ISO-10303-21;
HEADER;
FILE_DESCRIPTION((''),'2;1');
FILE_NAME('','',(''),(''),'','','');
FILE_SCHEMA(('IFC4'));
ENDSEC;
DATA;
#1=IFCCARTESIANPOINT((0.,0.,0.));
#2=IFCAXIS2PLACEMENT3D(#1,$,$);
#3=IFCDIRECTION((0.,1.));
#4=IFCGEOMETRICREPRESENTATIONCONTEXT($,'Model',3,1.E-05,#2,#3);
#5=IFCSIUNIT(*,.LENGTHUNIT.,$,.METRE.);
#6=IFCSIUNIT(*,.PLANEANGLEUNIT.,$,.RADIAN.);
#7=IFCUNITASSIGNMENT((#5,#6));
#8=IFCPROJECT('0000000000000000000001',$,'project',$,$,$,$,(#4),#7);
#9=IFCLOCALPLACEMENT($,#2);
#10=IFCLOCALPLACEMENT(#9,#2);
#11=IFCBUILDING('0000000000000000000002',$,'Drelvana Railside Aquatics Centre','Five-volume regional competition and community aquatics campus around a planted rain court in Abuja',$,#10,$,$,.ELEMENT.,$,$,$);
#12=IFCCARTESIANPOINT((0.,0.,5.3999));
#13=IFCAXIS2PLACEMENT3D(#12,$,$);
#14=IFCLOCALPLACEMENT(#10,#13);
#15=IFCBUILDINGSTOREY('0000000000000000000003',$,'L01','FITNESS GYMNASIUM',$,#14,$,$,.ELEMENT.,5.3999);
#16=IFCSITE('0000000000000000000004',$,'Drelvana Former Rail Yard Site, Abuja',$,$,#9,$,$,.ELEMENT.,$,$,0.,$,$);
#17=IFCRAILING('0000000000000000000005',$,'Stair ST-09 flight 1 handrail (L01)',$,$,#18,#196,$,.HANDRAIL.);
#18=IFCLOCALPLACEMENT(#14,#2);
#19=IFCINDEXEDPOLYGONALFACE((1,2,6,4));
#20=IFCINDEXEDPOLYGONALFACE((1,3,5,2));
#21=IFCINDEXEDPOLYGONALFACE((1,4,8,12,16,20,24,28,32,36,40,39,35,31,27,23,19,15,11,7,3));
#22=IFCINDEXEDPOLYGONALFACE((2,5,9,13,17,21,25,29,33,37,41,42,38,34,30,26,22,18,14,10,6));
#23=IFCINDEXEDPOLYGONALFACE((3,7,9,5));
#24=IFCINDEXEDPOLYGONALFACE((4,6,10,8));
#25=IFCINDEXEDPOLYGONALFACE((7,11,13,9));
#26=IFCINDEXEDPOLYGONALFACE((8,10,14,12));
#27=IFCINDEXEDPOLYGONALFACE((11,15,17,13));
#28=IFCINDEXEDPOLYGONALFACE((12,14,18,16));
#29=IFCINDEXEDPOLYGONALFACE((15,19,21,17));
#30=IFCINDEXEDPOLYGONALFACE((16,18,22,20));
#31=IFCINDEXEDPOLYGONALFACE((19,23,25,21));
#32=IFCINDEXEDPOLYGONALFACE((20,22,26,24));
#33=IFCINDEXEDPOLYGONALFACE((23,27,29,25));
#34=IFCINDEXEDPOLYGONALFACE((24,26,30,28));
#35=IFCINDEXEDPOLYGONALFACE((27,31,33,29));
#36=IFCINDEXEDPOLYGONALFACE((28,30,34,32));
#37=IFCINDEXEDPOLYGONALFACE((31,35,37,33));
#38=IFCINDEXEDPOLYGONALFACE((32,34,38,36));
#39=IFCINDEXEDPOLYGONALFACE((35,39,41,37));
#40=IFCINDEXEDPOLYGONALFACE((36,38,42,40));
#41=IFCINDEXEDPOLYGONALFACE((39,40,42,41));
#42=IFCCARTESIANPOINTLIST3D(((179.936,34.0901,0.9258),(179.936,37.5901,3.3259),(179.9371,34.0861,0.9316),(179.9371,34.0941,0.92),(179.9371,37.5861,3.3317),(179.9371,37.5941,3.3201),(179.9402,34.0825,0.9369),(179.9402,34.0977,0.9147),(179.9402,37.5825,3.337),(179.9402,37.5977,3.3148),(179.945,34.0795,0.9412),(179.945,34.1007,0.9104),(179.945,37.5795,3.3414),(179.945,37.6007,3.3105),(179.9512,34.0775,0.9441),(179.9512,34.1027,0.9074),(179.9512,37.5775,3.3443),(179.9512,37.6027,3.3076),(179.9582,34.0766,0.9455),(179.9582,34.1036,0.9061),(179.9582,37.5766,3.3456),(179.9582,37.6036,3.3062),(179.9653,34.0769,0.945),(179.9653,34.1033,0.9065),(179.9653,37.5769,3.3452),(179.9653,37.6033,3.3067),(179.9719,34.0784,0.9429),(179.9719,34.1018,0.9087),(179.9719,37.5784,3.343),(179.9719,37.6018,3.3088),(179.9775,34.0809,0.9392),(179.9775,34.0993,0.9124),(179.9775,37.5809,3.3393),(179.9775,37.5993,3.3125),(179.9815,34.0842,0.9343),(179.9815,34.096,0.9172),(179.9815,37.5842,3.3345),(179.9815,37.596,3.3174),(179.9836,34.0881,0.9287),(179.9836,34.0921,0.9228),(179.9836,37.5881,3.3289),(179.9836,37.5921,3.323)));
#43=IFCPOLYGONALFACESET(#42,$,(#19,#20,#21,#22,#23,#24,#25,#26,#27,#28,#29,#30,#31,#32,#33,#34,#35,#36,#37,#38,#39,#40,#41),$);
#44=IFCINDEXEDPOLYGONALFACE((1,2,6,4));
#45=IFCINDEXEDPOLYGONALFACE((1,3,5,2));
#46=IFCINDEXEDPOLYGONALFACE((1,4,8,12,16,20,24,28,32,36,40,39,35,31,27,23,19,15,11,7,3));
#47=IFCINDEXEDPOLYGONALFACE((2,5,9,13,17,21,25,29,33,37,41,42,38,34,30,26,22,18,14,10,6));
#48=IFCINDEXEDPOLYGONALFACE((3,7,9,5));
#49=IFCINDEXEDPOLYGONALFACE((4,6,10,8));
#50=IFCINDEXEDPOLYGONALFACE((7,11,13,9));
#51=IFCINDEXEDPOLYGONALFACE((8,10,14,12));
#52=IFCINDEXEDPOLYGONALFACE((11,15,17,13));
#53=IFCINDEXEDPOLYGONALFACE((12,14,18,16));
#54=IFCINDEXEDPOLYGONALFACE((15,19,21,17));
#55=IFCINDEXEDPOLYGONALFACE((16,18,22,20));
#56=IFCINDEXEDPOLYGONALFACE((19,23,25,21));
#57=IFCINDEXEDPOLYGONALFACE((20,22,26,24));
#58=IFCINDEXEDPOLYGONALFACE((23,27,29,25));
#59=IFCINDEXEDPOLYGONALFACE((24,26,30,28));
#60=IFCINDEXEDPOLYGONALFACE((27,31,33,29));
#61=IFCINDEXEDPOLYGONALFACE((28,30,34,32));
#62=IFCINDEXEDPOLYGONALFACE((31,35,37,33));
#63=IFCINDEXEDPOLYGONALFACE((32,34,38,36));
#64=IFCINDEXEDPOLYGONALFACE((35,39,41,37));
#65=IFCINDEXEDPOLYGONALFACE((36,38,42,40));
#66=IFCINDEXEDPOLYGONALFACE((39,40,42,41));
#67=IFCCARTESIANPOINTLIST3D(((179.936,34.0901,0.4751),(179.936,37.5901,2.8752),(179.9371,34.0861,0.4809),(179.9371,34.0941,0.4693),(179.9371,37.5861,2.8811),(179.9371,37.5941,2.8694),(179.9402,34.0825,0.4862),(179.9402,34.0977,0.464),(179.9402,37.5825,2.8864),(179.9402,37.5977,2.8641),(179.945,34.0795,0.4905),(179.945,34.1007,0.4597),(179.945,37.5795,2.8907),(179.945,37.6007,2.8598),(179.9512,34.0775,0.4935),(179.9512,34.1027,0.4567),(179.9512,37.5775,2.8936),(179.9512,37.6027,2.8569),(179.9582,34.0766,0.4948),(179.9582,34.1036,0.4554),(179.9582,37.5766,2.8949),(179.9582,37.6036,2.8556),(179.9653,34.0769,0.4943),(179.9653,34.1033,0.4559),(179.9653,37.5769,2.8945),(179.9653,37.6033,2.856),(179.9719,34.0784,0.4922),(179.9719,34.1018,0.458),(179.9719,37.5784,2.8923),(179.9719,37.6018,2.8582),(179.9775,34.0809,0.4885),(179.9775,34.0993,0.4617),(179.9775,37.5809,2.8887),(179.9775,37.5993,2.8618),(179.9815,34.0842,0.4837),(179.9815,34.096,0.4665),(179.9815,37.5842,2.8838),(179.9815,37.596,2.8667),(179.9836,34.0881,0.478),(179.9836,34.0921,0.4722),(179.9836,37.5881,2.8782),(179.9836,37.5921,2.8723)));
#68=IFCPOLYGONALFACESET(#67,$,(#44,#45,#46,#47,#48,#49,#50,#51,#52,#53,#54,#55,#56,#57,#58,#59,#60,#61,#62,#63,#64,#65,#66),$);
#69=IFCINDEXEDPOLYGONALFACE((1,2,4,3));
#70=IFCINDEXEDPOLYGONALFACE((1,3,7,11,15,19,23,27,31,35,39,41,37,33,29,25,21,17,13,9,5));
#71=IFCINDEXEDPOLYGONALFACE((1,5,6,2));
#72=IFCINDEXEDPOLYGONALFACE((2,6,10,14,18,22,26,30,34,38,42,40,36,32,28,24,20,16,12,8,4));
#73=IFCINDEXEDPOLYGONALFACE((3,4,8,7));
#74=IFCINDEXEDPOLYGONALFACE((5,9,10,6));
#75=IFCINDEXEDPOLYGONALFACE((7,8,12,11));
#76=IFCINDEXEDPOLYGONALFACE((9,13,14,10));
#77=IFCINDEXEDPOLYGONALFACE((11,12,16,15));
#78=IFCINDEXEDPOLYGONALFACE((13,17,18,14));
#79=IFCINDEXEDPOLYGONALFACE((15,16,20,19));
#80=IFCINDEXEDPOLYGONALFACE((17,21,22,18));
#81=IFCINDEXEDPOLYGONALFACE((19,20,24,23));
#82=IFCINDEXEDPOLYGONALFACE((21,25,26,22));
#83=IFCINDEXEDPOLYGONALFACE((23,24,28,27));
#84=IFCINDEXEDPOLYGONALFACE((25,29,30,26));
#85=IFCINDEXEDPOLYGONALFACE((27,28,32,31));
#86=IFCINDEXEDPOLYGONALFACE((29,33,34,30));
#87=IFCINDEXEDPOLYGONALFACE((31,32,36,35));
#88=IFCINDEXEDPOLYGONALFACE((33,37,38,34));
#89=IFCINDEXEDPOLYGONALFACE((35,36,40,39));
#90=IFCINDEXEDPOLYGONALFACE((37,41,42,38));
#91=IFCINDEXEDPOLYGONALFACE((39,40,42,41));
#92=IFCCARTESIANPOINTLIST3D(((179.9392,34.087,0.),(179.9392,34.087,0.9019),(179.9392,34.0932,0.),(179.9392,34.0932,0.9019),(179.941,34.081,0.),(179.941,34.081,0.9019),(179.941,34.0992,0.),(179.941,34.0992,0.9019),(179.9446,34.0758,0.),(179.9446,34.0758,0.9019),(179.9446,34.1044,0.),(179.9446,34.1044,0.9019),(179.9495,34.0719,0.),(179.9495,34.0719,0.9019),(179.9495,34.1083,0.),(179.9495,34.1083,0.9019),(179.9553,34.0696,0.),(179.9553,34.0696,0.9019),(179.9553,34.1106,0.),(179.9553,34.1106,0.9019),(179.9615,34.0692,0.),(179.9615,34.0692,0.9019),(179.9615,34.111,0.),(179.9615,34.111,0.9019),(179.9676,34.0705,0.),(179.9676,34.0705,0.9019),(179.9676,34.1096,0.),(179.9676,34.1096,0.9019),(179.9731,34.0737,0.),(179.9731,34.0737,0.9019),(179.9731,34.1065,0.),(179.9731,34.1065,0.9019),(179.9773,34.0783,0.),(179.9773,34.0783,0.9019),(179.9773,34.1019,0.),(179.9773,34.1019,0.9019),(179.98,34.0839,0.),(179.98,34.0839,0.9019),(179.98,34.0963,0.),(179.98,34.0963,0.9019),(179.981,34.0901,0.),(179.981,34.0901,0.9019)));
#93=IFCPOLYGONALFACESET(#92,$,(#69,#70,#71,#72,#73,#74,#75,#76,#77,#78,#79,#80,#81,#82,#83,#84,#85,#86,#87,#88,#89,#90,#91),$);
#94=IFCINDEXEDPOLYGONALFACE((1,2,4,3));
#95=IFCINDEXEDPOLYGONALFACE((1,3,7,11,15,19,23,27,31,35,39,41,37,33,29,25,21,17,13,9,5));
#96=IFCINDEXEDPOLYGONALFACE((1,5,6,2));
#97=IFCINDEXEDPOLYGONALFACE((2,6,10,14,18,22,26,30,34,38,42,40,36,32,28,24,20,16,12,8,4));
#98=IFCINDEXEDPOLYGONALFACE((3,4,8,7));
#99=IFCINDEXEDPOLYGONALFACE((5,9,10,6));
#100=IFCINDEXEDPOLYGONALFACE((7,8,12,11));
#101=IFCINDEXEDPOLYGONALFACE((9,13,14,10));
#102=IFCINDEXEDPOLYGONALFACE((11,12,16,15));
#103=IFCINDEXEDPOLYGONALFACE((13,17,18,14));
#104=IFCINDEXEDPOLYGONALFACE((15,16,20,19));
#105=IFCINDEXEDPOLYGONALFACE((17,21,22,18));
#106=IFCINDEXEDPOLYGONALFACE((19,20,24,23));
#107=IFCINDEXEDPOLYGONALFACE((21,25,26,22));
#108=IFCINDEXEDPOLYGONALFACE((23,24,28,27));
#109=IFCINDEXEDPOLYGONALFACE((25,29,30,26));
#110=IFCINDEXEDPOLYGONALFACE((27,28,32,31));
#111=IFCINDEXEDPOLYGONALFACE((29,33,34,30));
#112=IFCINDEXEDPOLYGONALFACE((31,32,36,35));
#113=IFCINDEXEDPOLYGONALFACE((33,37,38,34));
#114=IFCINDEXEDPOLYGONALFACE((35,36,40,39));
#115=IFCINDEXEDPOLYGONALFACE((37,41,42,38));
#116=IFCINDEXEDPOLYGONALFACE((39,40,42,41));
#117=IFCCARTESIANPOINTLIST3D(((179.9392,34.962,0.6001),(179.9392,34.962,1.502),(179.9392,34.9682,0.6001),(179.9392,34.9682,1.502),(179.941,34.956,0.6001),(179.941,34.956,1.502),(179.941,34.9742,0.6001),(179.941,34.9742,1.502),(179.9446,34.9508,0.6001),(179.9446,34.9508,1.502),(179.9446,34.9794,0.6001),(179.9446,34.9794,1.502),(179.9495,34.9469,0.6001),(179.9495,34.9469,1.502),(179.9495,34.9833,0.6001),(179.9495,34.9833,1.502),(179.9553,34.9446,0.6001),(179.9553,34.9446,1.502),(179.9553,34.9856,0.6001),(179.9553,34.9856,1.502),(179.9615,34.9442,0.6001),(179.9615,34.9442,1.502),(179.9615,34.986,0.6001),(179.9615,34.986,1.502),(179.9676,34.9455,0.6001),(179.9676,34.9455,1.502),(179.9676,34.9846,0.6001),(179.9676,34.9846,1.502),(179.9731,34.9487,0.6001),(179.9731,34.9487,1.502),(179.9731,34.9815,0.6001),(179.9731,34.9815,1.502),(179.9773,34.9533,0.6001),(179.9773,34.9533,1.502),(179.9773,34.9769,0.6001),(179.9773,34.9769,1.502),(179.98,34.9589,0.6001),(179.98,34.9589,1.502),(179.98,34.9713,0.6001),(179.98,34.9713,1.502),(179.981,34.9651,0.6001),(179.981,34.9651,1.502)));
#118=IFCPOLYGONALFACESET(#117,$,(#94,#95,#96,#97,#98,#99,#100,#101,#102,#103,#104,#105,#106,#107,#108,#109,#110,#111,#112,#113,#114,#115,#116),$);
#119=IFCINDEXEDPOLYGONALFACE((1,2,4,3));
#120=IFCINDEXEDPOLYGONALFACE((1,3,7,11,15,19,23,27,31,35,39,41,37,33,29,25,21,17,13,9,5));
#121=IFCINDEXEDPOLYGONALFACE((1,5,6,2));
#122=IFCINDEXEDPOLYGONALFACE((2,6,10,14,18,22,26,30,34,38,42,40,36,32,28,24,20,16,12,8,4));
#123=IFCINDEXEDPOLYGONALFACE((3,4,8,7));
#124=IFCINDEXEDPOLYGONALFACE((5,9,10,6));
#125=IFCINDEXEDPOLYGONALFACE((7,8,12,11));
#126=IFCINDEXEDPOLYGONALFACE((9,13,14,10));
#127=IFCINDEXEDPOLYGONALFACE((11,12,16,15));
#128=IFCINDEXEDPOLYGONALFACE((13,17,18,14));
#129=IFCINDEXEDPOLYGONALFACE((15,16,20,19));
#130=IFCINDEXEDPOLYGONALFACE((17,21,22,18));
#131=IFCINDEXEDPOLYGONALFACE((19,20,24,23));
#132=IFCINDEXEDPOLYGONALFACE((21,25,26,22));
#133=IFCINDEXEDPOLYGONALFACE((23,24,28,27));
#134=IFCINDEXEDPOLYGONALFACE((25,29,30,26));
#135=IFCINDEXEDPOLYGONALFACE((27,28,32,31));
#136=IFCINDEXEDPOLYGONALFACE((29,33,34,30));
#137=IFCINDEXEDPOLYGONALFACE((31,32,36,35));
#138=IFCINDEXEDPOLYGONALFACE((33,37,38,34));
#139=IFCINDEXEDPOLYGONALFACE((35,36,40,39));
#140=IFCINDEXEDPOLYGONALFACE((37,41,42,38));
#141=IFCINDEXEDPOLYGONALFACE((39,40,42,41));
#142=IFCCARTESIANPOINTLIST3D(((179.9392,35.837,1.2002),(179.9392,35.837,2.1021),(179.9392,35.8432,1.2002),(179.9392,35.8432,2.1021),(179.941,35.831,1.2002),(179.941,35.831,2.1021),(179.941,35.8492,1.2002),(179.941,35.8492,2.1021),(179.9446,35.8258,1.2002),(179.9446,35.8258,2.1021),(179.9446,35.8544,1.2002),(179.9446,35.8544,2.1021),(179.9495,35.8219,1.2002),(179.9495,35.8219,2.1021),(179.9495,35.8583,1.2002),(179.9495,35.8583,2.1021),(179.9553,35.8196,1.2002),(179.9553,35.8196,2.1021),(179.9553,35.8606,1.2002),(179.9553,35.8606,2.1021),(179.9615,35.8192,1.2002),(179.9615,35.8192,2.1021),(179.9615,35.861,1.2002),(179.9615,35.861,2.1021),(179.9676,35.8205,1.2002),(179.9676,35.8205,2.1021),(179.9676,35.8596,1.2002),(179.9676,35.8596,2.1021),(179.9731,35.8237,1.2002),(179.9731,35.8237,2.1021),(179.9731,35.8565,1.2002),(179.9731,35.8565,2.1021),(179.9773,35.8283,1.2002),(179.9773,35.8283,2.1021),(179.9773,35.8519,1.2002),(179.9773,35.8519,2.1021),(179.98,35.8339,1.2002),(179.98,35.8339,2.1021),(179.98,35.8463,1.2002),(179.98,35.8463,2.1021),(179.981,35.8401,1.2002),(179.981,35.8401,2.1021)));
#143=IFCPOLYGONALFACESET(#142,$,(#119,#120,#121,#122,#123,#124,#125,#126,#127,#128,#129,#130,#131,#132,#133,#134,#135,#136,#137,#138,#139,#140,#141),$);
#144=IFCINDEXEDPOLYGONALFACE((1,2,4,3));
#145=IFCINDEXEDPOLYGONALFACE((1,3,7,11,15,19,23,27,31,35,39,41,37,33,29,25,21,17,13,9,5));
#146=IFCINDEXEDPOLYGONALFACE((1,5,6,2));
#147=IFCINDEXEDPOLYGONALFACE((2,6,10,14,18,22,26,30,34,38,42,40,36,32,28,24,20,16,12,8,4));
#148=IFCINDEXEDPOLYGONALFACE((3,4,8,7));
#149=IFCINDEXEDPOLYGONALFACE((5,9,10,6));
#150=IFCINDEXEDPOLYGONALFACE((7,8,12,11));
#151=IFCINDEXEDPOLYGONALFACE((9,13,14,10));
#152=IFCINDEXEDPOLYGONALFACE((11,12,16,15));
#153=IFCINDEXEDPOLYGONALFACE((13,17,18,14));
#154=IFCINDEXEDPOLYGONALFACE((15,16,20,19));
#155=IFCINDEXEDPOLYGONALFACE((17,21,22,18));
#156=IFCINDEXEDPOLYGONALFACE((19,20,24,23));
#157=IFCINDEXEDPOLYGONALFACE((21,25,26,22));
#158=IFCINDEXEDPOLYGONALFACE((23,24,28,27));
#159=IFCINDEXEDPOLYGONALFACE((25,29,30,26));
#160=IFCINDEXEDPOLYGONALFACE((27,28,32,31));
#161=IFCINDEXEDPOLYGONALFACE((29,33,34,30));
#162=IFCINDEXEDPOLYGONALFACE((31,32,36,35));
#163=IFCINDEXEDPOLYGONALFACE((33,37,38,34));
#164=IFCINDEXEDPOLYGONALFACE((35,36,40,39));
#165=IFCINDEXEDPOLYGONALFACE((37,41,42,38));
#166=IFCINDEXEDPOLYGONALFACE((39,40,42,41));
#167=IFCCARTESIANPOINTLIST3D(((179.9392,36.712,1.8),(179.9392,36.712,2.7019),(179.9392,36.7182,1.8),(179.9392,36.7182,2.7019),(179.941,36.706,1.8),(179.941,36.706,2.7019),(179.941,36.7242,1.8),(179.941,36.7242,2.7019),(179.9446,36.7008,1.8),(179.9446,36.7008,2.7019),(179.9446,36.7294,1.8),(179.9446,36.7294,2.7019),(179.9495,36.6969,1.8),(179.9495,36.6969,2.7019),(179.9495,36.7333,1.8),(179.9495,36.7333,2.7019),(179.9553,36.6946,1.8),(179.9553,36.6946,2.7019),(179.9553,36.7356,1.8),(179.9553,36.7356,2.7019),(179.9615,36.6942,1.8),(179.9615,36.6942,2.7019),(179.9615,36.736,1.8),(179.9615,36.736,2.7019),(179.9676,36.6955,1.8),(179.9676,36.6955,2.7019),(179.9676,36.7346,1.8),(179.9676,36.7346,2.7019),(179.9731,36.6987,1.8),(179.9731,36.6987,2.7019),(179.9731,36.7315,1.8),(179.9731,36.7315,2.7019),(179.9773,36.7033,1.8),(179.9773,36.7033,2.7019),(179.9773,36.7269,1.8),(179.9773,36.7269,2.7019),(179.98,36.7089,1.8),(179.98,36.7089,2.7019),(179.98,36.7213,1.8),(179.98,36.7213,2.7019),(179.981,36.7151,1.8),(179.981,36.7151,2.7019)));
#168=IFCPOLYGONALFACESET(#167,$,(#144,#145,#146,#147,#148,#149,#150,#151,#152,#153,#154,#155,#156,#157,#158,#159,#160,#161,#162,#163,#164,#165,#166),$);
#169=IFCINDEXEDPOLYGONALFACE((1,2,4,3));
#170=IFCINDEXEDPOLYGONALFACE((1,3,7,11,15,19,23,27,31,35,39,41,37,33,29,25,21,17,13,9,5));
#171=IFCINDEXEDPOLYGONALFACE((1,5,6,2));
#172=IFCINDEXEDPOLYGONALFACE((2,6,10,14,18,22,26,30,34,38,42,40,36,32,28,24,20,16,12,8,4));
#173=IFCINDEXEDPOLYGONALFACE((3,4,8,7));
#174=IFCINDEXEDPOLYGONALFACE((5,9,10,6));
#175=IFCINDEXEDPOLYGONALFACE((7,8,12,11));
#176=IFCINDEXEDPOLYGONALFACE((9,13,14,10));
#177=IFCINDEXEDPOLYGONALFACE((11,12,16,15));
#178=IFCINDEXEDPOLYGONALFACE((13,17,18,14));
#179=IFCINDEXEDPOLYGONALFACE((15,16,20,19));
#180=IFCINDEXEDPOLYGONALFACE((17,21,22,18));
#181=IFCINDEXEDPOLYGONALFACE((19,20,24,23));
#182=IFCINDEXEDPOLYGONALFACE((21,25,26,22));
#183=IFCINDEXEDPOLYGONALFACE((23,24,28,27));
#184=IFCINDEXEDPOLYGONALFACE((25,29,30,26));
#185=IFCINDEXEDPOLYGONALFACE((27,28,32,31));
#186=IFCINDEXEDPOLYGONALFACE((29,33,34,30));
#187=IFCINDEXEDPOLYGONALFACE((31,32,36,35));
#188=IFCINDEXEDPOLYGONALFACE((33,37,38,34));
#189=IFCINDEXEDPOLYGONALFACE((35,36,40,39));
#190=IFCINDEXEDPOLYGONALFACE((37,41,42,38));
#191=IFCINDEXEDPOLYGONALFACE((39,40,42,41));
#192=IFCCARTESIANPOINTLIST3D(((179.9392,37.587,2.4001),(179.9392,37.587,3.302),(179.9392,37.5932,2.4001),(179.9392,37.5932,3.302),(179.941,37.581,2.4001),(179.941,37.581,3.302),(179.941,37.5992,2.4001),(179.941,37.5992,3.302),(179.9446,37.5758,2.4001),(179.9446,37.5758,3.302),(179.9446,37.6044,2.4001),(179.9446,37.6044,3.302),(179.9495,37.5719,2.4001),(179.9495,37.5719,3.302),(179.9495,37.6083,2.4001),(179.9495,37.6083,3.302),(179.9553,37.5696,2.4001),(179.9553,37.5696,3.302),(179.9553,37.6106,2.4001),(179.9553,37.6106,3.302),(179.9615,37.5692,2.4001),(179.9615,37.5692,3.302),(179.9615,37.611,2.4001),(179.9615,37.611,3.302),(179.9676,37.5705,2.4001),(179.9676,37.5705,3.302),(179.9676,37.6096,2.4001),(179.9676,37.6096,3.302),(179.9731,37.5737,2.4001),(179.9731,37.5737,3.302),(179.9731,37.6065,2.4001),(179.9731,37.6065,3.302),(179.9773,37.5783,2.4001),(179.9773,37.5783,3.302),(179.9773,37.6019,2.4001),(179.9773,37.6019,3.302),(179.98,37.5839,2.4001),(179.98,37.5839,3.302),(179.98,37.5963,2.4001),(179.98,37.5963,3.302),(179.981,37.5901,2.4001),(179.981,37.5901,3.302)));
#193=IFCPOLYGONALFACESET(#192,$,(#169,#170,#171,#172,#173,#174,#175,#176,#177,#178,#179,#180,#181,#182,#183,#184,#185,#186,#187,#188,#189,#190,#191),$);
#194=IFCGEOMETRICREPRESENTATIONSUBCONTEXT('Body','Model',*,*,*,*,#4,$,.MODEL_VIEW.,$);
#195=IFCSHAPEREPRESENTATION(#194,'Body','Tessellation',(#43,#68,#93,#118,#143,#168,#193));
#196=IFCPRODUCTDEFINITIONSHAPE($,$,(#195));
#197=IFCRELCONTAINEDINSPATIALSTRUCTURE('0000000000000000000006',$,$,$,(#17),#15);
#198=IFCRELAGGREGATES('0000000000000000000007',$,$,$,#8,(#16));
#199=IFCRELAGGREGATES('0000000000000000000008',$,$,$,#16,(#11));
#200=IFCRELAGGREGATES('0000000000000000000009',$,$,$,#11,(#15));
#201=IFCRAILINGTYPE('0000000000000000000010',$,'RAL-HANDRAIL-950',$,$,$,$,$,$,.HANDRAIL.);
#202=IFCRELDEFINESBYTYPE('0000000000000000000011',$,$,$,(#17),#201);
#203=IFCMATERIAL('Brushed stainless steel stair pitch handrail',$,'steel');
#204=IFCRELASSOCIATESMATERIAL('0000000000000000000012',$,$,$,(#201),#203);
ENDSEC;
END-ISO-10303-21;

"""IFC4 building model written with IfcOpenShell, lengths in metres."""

from ifc_helpers import new_model, si_unit, direction, frame, origin, origin_2d, place, context, subcontext, project, spatial, circle, extrude, material, type_object, element, save


model = new_model("IFC4")

# Units and contexts
model_context = context("Model", 3, precision=1e-05, world=origin(), true_north=direction((0.0, 1.0)))
body_context = subcontext(model_context, "Body", "Model", "MODEL_VIEW")
ifc_project = project(units=[si_unit("LENGTHUNIT", "METRE"), si_unit("PLANEANGLEUNIT", "RADIAN")], contexts=[model_context])

# Site, building, storey
site_placement = place(None, origin())
site = spatial("IfcSite", under=ifc_project, at=site_placement, Name="Drelvana Former Rail Yard Site, Abuja", CompositionType="ELEMENT", RefElevation=0.0)
building_placement = place(site_placement, origin())
building = spatial("IfcBuilding", under=site, at=building_placement, Name="Drelvana Railside Aquatics Centre", Description="Five-volume regional competition and community aquatics campus around a planted rain court in Abuja", CompositionType="ELEMENT")
storey_placement = place(building_placement, frame((0.0, 0.0, 5.3999)))
storey = spatial("IfcBuildingStorey", under=building, at=storey_placement, Name="L01", Description="FITNESS GYMNASIUM", CompositionType="ELEMENT", Elevation=5.3999)

# Railing
ifc_material_1 = material(Name="Brushed stainless steel stair pitch handrail", Category="steel")
railing_type = type_object("IfcRailingType", Name="RAL-HANDRAIL-950", PredefinedType="HANDRAIL", material=ifc_material_1)
railing_1_placement = place(storey_placement, frame((179.96, 34.0901, 0.0)))
element("IfcRailing", 1, at=railing_1_placement, inside=storey, type_object=railing_type, Name="Stair ST-09 flight 1 handrail (L01)", PredefinedType="HANDRAIL", context=body_context, shape_type="SweptSolid", body=[
    extrude(circle(Radius=0.0239, at=origin_2d()), frame((0.0, 0.0, 0.9258), z_axis=(0.0, 0.824713, 0.565552), x_axis=(-1.0, 0.0, 0.0)), (0.0, 0.0, 1.0), 4.2439),
    extrude(circle(Radius=0.0239, at=origin_2d()), frame((0.0, 0.0, 0.4751), z_axis=(0.0, 0.824713, 0.565552), x_axis=(-1.0, 0.0, 0.0)), (0.0, 0.0, 1.0), 4.2439),
    extrude(circle(Radius=0.021, at=origin_2d()), origin(), (0.0, 0.0, 1.0), 0.9019),
    extrude(circle(Radius=0.021, at=origin_2d()), frame((0.0, 0.875, 0.6001)), (0.0, 0.0, 1.0), 0.9019),
    extrude(circle(Radius=0.021, at=origin_2d()), frame((0.0, 1.75, 1.2002)), (0.0, 0.0, 1.0), 0.9019),
    extrude(circle(Radius=0.021, at=origin_2d()), frame((0.0, 2.625, 1.8)), (0.0, 0.0, 1.0), 0.9019),
    extrude(circle(Radius=0.021, at=origin_2d()), frame((0.0, 3.5, 2.4001)), (0.0, 0.0, 1.0), 0.9019),
])

save(model, "model.ifc")
